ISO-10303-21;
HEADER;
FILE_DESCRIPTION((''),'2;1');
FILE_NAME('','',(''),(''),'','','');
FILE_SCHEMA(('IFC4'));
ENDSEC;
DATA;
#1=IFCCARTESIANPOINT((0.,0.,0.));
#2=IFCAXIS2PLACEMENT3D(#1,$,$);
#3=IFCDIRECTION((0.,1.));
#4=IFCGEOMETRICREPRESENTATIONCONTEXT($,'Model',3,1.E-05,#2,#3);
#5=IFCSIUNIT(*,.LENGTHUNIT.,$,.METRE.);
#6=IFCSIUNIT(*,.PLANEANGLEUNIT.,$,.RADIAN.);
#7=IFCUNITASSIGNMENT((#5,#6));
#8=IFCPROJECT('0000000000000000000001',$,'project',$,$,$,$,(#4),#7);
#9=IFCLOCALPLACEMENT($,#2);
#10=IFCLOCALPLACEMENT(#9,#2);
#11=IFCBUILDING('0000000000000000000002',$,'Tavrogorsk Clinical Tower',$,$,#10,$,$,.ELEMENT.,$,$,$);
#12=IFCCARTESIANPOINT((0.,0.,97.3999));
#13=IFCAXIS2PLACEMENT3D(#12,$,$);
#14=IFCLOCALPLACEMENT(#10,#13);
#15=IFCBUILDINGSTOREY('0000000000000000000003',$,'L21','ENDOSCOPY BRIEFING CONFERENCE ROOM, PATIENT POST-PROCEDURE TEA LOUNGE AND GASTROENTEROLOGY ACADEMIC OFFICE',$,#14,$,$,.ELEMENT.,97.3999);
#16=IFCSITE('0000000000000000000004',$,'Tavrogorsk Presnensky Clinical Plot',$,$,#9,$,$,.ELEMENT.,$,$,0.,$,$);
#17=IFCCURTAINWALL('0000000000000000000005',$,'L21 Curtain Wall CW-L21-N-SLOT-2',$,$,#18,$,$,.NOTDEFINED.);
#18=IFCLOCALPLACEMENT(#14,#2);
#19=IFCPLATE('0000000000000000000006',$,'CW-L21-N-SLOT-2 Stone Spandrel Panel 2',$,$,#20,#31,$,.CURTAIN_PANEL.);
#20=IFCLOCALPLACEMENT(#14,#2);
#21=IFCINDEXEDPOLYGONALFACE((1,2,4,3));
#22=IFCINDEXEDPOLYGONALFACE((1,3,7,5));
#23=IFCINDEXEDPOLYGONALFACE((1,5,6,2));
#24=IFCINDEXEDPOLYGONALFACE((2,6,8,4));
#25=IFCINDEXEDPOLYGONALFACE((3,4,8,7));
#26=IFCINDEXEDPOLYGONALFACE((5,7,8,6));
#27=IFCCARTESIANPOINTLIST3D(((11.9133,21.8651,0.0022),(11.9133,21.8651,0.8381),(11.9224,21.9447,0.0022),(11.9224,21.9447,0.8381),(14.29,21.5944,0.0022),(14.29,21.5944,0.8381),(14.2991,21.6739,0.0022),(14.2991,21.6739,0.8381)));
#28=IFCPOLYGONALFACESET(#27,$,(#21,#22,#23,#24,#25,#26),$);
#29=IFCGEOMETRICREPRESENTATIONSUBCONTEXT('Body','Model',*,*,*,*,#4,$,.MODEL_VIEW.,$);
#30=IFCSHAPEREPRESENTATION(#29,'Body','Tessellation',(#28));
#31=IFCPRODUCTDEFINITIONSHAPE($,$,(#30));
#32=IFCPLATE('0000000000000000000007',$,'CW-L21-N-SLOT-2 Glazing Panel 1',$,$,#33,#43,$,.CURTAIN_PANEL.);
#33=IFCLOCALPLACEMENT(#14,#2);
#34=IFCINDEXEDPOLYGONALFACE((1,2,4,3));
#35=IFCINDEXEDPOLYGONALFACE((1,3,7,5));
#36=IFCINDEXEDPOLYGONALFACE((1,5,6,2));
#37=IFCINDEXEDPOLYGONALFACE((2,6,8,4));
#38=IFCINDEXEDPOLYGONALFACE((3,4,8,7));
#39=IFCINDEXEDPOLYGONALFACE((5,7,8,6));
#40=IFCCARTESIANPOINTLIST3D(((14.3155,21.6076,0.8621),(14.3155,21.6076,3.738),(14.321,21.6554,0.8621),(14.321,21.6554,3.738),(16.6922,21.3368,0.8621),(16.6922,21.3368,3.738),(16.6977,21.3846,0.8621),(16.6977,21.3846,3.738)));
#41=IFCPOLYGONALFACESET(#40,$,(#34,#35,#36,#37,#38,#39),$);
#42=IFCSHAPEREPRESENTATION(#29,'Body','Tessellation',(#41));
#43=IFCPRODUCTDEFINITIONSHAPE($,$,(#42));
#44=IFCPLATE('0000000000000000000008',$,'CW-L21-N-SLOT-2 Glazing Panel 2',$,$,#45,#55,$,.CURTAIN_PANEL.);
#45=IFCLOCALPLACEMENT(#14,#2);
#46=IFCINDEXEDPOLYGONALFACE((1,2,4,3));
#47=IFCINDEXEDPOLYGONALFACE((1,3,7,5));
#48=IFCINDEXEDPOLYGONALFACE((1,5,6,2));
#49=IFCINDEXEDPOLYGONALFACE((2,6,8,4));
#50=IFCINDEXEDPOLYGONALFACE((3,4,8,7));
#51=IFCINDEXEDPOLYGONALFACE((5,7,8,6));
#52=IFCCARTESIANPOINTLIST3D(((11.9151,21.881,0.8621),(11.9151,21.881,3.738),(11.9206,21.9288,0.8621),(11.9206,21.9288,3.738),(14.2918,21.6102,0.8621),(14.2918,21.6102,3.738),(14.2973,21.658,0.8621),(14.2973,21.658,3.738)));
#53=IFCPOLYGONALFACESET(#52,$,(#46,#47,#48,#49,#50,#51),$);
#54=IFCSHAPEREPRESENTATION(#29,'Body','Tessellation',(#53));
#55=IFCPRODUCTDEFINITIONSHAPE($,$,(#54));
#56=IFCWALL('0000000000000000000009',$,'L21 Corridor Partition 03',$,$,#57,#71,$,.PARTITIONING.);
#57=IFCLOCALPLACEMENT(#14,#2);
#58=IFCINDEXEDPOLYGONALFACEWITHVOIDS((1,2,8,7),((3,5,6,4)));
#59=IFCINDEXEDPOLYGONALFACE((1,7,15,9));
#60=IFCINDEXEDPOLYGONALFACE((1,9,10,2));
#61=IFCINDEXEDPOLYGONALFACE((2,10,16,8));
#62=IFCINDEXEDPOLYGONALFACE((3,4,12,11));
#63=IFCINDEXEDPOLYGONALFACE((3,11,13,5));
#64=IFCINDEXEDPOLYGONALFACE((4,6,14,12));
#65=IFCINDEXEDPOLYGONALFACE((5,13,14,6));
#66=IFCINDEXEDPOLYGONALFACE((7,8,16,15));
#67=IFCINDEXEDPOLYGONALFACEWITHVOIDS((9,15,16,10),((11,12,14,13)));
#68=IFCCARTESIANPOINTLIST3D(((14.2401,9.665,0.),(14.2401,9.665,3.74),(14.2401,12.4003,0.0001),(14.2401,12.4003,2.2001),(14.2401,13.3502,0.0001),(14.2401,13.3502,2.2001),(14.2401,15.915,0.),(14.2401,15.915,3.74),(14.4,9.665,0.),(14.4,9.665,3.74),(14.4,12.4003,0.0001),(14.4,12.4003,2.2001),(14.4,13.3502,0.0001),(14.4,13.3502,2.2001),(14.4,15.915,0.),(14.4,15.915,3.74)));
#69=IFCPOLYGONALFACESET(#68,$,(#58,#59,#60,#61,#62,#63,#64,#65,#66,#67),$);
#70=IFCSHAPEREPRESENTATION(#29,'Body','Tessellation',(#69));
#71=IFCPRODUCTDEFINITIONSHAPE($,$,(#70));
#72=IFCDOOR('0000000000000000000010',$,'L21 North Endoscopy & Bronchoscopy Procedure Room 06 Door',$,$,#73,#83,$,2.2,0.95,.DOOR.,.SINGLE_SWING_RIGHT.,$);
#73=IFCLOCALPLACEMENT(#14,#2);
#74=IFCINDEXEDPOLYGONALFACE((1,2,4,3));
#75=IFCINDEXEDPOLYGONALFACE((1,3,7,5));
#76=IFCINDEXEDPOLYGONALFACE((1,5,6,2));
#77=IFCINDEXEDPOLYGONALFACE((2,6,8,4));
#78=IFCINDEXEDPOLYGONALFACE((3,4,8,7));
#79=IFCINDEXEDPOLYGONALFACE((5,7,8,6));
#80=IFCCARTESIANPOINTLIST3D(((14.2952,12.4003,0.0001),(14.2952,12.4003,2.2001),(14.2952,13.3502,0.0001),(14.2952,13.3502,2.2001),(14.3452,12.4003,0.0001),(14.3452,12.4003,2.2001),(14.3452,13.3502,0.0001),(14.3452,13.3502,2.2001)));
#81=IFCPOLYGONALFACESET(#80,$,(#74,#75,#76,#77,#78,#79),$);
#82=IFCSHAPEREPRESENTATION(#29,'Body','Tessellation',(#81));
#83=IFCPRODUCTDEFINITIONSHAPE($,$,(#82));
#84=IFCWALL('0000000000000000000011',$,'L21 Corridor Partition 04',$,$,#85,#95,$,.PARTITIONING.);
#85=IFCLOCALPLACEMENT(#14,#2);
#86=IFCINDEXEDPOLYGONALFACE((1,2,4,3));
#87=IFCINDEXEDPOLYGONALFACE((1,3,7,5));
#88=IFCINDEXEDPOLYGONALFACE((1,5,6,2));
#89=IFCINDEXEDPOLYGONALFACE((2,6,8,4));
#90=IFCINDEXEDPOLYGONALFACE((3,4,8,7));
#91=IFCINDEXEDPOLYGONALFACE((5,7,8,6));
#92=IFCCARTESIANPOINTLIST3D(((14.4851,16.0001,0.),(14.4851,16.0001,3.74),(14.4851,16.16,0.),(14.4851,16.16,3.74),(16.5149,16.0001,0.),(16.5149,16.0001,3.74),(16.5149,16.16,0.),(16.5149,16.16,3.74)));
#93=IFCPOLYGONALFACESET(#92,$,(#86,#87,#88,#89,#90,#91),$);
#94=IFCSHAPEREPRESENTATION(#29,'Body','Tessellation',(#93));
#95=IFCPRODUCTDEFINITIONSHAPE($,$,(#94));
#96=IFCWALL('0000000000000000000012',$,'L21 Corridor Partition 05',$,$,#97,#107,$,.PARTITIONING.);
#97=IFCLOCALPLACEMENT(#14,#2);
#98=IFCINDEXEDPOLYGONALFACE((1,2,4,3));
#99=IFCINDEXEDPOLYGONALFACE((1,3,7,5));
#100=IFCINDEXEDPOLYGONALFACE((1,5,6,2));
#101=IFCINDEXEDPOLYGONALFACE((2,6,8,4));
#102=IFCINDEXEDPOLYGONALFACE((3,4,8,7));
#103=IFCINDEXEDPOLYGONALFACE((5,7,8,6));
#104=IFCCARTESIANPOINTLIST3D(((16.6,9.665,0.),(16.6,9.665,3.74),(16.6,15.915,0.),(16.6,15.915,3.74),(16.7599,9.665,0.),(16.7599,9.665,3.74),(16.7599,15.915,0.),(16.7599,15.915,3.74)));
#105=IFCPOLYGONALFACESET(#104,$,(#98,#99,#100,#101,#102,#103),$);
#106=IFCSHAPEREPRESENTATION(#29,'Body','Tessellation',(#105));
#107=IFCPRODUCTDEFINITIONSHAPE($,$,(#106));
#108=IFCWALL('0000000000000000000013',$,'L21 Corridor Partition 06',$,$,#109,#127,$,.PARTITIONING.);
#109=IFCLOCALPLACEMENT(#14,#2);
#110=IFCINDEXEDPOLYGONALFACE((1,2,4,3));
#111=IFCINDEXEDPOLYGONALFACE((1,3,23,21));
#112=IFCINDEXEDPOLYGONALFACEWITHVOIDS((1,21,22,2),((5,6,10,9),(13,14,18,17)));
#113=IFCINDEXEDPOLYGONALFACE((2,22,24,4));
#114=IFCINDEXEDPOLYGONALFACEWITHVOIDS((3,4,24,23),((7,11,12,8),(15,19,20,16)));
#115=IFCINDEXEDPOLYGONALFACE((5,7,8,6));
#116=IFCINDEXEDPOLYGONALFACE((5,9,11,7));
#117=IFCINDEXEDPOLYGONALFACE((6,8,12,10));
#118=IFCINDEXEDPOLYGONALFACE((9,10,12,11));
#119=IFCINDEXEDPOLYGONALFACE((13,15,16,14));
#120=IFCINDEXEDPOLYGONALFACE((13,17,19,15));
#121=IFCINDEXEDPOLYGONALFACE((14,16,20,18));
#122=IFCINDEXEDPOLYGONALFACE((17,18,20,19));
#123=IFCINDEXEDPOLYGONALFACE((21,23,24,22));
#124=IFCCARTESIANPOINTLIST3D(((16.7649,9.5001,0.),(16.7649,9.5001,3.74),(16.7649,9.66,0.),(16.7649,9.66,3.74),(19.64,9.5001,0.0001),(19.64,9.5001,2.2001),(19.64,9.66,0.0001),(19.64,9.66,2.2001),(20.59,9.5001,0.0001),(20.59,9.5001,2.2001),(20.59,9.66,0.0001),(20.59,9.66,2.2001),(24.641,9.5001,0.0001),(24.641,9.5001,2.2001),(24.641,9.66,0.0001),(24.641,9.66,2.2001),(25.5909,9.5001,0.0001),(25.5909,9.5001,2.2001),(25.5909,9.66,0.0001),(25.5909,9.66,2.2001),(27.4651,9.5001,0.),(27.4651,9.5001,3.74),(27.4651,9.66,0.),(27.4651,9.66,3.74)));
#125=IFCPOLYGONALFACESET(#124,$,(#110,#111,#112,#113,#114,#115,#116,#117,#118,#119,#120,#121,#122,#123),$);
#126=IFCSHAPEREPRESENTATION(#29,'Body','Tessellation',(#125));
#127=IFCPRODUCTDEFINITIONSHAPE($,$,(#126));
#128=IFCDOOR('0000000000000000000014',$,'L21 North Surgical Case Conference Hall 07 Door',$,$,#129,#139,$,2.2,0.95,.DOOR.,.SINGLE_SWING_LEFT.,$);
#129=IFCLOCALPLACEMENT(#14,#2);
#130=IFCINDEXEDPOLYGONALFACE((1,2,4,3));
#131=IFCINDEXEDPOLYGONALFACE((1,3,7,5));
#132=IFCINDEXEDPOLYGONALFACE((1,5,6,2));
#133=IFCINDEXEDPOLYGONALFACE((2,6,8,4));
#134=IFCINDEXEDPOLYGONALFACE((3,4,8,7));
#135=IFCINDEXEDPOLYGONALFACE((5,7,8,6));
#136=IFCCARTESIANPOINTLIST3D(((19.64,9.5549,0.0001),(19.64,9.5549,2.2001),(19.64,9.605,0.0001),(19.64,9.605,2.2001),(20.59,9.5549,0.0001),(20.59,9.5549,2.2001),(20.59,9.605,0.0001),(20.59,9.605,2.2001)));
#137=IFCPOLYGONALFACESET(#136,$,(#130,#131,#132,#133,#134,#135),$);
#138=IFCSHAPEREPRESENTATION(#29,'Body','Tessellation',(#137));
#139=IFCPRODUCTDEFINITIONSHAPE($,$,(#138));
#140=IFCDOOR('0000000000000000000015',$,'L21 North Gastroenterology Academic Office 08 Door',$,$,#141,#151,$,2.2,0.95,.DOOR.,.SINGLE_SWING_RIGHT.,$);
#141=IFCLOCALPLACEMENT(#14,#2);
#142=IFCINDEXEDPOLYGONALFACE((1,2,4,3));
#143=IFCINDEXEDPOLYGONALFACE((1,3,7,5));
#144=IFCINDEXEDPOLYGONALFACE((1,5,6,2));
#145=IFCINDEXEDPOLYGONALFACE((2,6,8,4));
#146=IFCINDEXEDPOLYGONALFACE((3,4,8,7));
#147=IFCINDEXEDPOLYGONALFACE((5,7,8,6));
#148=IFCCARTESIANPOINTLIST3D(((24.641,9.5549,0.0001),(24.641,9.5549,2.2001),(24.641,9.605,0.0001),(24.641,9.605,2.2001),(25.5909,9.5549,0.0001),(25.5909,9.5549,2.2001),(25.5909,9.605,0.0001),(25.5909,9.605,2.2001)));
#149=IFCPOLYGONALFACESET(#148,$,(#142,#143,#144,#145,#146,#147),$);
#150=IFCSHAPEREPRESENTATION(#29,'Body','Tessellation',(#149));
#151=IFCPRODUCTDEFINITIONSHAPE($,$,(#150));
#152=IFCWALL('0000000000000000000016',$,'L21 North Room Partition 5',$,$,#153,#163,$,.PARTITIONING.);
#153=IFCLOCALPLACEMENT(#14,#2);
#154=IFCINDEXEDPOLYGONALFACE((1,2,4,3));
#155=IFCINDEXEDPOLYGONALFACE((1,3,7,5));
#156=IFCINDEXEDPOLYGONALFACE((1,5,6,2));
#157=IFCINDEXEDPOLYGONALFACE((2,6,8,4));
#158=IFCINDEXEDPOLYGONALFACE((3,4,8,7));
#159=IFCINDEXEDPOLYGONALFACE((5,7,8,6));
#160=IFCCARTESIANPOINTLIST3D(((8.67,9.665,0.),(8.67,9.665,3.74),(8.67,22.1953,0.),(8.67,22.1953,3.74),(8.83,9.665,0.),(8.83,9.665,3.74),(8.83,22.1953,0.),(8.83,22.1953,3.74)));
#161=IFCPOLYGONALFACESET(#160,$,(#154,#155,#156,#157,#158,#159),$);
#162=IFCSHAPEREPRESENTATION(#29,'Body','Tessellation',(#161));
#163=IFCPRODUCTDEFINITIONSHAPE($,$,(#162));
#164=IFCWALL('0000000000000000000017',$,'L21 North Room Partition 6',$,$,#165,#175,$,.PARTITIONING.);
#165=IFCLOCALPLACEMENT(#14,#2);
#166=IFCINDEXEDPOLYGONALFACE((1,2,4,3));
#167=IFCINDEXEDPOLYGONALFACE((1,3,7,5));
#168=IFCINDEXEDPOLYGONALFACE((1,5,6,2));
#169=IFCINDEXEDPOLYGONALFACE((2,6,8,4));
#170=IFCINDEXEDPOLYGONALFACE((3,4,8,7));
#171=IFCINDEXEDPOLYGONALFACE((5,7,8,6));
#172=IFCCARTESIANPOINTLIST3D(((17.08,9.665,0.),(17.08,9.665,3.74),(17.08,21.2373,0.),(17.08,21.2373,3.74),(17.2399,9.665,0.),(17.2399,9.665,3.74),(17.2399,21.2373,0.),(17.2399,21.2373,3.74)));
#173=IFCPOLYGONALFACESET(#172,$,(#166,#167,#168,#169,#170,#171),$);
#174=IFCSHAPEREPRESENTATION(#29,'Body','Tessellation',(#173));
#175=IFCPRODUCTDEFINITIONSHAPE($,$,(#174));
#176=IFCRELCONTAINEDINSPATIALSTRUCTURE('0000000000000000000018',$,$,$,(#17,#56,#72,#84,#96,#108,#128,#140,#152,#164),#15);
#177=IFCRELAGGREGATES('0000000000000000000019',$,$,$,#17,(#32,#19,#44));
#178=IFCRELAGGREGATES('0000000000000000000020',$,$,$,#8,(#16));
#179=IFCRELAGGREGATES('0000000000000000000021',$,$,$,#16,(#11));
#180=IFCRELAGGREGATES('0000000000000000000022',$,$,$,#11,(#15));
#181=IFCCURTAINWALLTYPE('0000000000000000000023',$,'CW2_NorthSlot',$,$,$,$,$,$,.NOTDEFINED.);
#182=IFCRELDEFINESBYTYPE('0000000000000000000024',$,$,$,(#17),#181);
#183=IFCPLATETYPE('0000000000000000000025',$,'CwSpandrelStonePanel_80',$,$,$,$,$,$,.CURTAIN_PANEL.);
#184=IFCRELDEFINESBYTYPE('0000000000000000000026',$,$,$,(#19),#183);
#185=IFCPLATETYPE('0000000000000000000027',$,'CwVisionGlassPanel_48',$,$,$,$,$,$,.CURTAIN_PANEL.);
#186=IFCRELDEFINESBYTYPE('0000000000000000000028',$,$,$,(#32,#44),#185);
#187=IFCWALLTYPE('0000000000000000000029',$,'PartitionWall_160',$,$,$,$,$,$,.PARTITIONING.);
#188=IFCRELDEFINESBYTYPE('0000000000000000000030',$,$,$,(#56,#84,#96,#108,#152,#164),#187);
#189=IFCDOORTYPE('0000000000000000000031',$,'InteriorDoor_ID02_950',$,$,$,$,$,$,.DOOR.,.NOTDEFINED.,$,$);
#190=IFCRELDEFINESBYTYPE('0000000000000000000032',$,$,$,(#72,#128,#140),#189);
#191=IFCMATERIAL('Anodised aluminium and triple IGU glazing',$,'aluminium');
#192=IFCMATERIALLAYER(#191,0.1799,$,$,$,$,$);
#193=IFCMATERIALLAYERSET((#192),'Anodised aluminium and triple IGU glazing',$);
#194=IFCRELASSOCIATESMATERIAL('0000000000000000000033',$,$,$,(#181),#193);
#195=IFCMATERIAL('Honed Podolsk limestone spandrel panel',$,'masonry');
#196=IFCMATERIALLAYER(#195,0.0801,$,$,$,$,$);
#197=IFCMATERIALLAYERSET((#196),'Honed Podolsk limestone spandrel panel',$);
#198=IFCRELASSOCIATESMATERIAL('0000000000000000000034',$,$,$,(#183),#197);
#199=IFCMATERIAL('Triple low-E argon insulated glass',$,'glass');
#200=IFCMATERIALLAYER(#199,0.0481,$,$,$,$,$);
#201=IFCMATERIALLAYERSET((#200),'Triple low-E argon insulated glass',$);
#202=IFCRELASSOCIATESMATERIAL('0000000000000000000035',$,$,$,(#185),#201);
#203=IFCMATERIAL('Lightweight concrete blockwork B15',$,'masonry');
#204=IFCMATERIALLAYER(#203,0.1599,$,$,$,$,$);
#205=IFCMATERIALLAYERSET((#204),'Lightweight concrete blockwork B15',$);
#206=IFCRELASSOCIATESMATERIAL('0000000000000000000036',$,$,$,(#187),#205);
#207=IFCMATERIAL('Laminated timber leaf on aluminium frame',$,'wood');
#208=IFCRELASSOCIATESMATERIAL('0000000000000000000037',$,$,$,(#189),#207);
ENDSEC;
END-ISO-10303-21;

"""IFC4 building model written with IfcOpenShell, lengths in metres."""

from ifc_helpers import new_model, si_unit, direction, frame, frame_2d, origin, origin_2d, place, context, subcontext, project, spatial, rectangle, extrude, material, layer, layer_set, type_object, element, fill, aggregate, save


model = new_model("IFC4")

# Units and contexts
model_context = context("Model", 3, precision=1e-05, world=origin(), true_north=direction((0.0, 1.0)))
body_context = subcontext(model_context, "Body", "Model", "MODEL_VIEW")
ifc_project = project(units=[si_unit("LENGTHUNIT", "METRE"), si_unit("PLANEANGLEUNIT", "RADIAN")], contexts=[model_context])

# Site, building, storey
site_placement = place(None, origin())
site = spatial("IfcSite", under=ifc_project, at=site_placement, Name="Tavrogorsk Presnensky Clinical Plot", CompositionType="ELEMENT", RefElevation=0.0)
building_placement = place(site_placement, origin())
building = spatial("IfcBuilding", under=site, at=building_placement, Name="Tavrogorsk Clinical Tower", CompositionType="ELEMENT")
storey_placement = place(building_placement, frame((0.0, 0.0, 97.3999)))
storey = spatial("IfcBuildingStorey", under=building, at=storey_placement, Name="L21", Description="ENDOSCOPY BRIEFING CONFERENCE ROOM, PATIENT POST-PROCEDURE TEA LOUNGE AND GASTROENTEROLOGY ACADEMIC OFFICE", CompositionType="ELEMENT", Elevation=97.3999)

# Curtain wall
ifc_material_1 = material(Name="Anodised aluminium and triple IGU glazing", Category="aluminium")
ifc_layer_1 = layer(ifc_material_1, 0.1799)
ifc_layer_set_1 = layer_set([ifc_layer_1], Name="Anodised aluminium and triple IGU glazing")
curtain_wall_type = type_object("IfcCurtainWallType", Name="CW2_NorthSlot", PredefinedType="NOTDEFINED", material=ifc_layer_set_1)
curtain_wall_placement = place(storey_placement, origin())
curtain_wall = element("IfcCurtainWall", 1, at=curtain_wall_placement, inside=storey, type_object=curtain_wall_type, Name="L21 Curtain Wall CW-L21-N-SLOT-2", PredefinedType="NOTDEFINED")

# Plates
ifc_material_2 = material(Name="Honed Podolsk limestone spandrel panel", Category="masonry")
ifc_layer_2 = layer(ifc_material_2, 0.0801)
ifc_layer_set_2 = layer_set([ifc_layer_2], Name="Honed Podolsk limestone spandrel panel")
plate_type_1 = type_object("IfcPlateType", Name="CwSpandrelStonePanel_80", PredefinedType="CURTAIN_PANEL", material=ifc_layer_set_2)
plate_1_placement = place(storey_placement, frame((13.1062, 21.7695, 0.0022), z_axis=(0.0, 0.0, 1.0), x_axis=(-0.993572, 0.113203, 0.0)))
plate_1 = element("IfcPlate", 2, at=plate_1_placement, type_object=plate_type_1, Name="CW-L21-N-SLOT-2 Stone Spandrel Panel 2", PredefinedType="CURTAIN_PANEL", context=body_context, shape_type="SweptSolid", body=[
    extrude(rectangle(XDim=2.3921, YDim=0.0801, at=origin_2d()), origin(), (0.0, 0.0, 1.0), 0.8359),
])
ifc_material_3 = material(Name="Triple low-E argon insulated glass", Category="glass")
ifc_layer_3 = layer(ifc_material_3, 0.0481)
ifc_layer_set_3 = layer_set([ifc_layer_3], Name="Triple low-E argon insulated glass")
plate_type_2 = type_object("IfcPlateType", Name="CwVisionGlassPanel_48", PredefinedType="CURTAIN_PANEL", material=ifc_layer_set_3)
plate_2_placement = place(storey_placement, frame((15.5066, 21.4961, 0.8621), z_axis=(0.0, 0.0, 1.0), x_axis=(-0.993572, 0.113203, 0.0)))
plate_2 = element("IfcPlate", 3, at=plate_2_placement, type_object=plate_type_2, Name="CW-L21-N-SLOT-2 Glazing Panel 1", PredefinedType="CURTAIN_PANEL", context=body_context, shape_type="SweptSolid", body=[
    extrude(rectangle(XDim=2.3921, YDim=0.0481, at=origin_2d()), origin(), (0.0, 0.0, 1.0), 2.876),
])
plate_3_placement = place(storey_placement, frame((13.1062, 21.7695, 0.8621), z_axis=(0.0, 0.0, 1.0), x_axis=(-0.993572, 0.113203, 0.0)))
plate_3 = element("IfcPlate", 4, at=plate_3_placement, type_object=plate_type_2, Name="CW-L21-N-SLOT-2 Glazing Panel 2", PredefinedType="CURTAIN_PANEL", context=body_context, shape_type="SweptSolid", body=[
    extrude(rectangle(XDim=2.3921, YDim=0.0481, at=origin_2d()), origin(), (0.0, 0.0, 1.0), 2.876),
])
aggregate(curtain_wall, [plate_2, plate_1, plate_3])

# Wall, opening, door
ifc_material_4 = material(Name="Lightweight concrete blockwork B15", Category="masonry")
ifc_layer_4 = layer(ifc_material_4, 0.1599)
ifc_layer_set_4 = layer_set([ifc_layer_4], Name="Lightweight concrete blockwork B15")
wall_type_1 = type_object("IfcWallType", Name="PartitionWall_160", PredefinedType="PARTITIONING", material=ifc_layer_set_4)
wall_1_placement = place(storey_placement, frame((14.3201, 9.665, 0.0), z_axis=(0.0, 0.0, 1.0), x_axis=(0.0, 1.0, 0.0)))
wall_1 = element("IfcWall", 5, at=wall_1_placement, inside=storey, type_object=wall_type_1, Name="L21 Corridor Partition 03", PredefinedType="PARTITIONING", context=body_context, shape_type="SweptSolid", body=[
    extrude(rectangle(XDim=6.25, YDim=0.1599, at=frame_2d((3.125, 0.0))), origin(), (0.0, 0.0, 1.0), 3.74),
])
opening_1_placement = place(wall_1_placement, frame((2.7351, 0.0, 0.0)))
opening_1 = element("IfcOpeningElement", 6, at=opening_1_placement, cuts=wall_1, PredefinedType="OPENING", context=body_context, shape_type="SweptSolid", body=[
    extrude(rectangle(XDim=0.95, YDim=2.2, at=frame_2d((0.4751, 1.1001))), frame((0.0, 0.0898, 0.0), z_axis=(0.0, -1.0, 0.0), x_axis=(1.0, 0.0, 0.0)), (0.0, 0.0, 1.0), 0.1799),
])
ifc_material_5 = material(Name="Laminated timber leaf on aluminium frame", Category="wood")
door_type = type_object("IfcDoorType", Name="InteriorDoor_ID02_950", OperationType="NOTDEFINED", PredefinedType="DOOR", material=ifc_material_5)
door_1_placement = place(opening_1_placement, origin())
door_1 = element("IfcDoor", 7, at=door_1_placement, inside=storey, type_object=door_type, Name="L21 North Endoscopy & Bronchoscopy Procedure Room 06 Door", OperationType="SINGLE_SWING_RIGHT", OverallHeight=2.2, OverallWidth=0.95, PredefinedType="DOOR", context=body_context, shape_type="SweptSolid", body=[
    extrude(rectangle(XDim=0.95, YDim=2.2, at=frame_2d((0.4751, 1.1001))), frame((0.0, 0.0249, 0.0), z_axis=(0.0, -1.0, 0.0), x_axis=(1.0, 0.0, 0.0)), (0.0, 0.0, 1.0), 0.05),
])
fill(opening_1, door_1)

# Walls
wall_2_placement = place(storey_placement, frame((14.4851, 16.0801, 0.0), z_axis=(0.0, 0.0, 1.0), x_axis=(1.0, 0.0, 0.0)))
element("IfcWall", 8, at=wall_2_placement, inside=storey, type_object=wall_type_1, Name="L21 Corridor Partition 04", PredefinedType="PARTITIONING", context=body_context, shape_type="SweptSolid", body=[
    extrude(rectangle(XDim=2.0298, YDim=0.1599, at=frame_2d((1.0149, 0.0))), origin(), (0.0, 0.0, 1.0), 3.74),
])
wall_3_placement = place(storey_placement, frame((16.6799, 15.915, 0.0), z_axis=(0.0, 0.0, 1.0), x_axis=(0.0, -1.0, 0.0)))
element("IfcWall", 9, at=wall_3_placement, inside=storey, type_object=wall_type_1, Name="L21 Corridor Partition 05", PredefinedType="PARTITIONING", context=body_context, shape_type="SweptSolid", body=[
    extrude(rectangle(XDim=6.25, YDim=0.1599, at=frame_2d((3.125, 0.0))), origin(), (0.0, 0.0, 1.0), 3.74),
])

# Wall, openings, doors
wall_4_placement = place(storey_placement, frame((16.7649, 9.5801, 0.0), z_axis=(0.0, 0.0, 1.0), x_axis=(1.0, 0.0, 0.0)))
wall_4 = element("IfcWall", 10, at=wall_4_placement, inside=storey, type_object=wall_type_1, Name="L21 Corridor Partition 06", PredefinedType="PARTITIONING", context=body_context, shape_type="SweptSolid", body=[
    extrude(rectangle(XDim=10.7002, YDim=0.1599, at=frame_2d((5.3501, 0.0))), origin(), (0.0, 0.0, 1.0), 3.74),
])
opening_2_placement = place(wall_4_placement, frame((2.875, 0.0, 0.0)))
opening_2 = element("IfcOpeningElement", 11, at=opening_2_placement, cuts=wall_4, PredefinedType="OPENING", context=body_context, shape_type="SweptSolid", body=[
    extrude(rectangle(XDim=0.95, YDim=2.2, at=frame_2d((0.4751, 1.1001))), frame((0.0, 0.0898, 0.0), z_axis=(0.0, -1.0, 0.0), x_axis=(1.0, 0.0, 0.0)), (0.0, 0.0, 1.0), 0.1799),
])
opening_3_placement = place(wall_4_placement, frame((7.876, 0.0, 0.0)))
opening_3 = element("IfcOpeningElement", 12, at=opening_3_placement, cuts=wall_4, PredefinedType="OPENING", context=body_context, shape_type="SweptSolid", body=[
    extrude(rectangle(XDim=0.95, YDim=2.2, at=frame_2d((0.4751, 1.1001))), frame((0.0, 0.0898, 0.0), z_axis=(0.0, -1.0, 0.0), x_axis=(1.0, 0.0, 0.0)), (0.0, 0.0, 1.0), 0.1799),
])
door_2_placement = place(opening_2_placement, origin())
door_2 = element("IfcDoor", 13, at=door_2_placement, inside=storey, type_object=door_type, Name="L21 North Surgical Case Conference Hall 07 Door", OperationType="SINGLE_SWING_LEFT", OverallHeight=2.2, OverallWidth=0.95, PredefinedType="DOOR", context=body_context, shape_type="SweptSolid", body=[
    extrude(rectangle(XDim=0.95, YDim=2.2, at=frame_2d((0.4751, 1.1001))), frame((0.0, 0.0249, 0.0), z_axis=(0.0, -1.0, 0.0), x_axis=(1.0, 0.0, 0.0)), (0.0, 0.0, 1.0), 0.05),
])
fill(opening_2, door_2)
door_3_placement = place(opening_3_placement, origin())
door_3 = element("IfcDoor", 14, at=door_3_placement, inside=storey, type_object=door_type, Name="L21 North Gastroenterology Academic Office 08 Door", OperationType="SINGLE_SWING_RIGHT", OverallHeight=2.2, OverallWidth=0.95, PredefinedType="DOOR", context=body_context, shape_type="SweptSolid", body=[
    extrude(rectangle(XDim=0.95, YDim=2.2, at=frame_2d((0.4751, 1.1001))), frame((0.0, 0.0249, 0.0), z_axis=(0.0, -1.0, 0.0), x_axis=(1.0, 0.0, 0.0)), (0.0, 0.0, 1.0), 0.05),
])
fill(opening_3, door_3)

# Walls
wall_5_placement = place(storey_placement, frame((8.75, 9.665, 0.0), z_axis=(0.0, 0.0, 1.0), x_axis=(0.0, 1.0, 0.0)))
element("IfcWall", 15, at=wall_5_placement, inside=storey, type_object=wall_type_1, Name="L21 North Room Partition 5", PredefinedType="PARTITIONING", context=body_context, shape_type="SweptSolid", body=[
    extrude(rectangle(XDim=12.5303, YDim=0.1599, at=frame_2d((6.2651, 0.0))), origin(), (0.0, 0.0, 1.0), 3.74),
])
wall_6_placement = place(storey_placement, frame((17.1599, 9.665, 0.0), z_axis=(0.0, 0.0, 1.0), x_axis=(0.0, 1.0, 0.0)))
element("IfcWall", 16, at=wall_6_placement, inside=storey, type_object=wall_type_1, Name="L21 North Room Partition 6", PredefinedType="PARTITIONING", context=body_context, shape_type="SweptSolid", body=[
    extrude(rectangle(XDim=11.5723, YDim=0.1599, at=frame_2d((5.7861, 0.0))), origin(), (0.0, 0.0, 1.0), 3.74),
])

save(model, "model.ifc")
